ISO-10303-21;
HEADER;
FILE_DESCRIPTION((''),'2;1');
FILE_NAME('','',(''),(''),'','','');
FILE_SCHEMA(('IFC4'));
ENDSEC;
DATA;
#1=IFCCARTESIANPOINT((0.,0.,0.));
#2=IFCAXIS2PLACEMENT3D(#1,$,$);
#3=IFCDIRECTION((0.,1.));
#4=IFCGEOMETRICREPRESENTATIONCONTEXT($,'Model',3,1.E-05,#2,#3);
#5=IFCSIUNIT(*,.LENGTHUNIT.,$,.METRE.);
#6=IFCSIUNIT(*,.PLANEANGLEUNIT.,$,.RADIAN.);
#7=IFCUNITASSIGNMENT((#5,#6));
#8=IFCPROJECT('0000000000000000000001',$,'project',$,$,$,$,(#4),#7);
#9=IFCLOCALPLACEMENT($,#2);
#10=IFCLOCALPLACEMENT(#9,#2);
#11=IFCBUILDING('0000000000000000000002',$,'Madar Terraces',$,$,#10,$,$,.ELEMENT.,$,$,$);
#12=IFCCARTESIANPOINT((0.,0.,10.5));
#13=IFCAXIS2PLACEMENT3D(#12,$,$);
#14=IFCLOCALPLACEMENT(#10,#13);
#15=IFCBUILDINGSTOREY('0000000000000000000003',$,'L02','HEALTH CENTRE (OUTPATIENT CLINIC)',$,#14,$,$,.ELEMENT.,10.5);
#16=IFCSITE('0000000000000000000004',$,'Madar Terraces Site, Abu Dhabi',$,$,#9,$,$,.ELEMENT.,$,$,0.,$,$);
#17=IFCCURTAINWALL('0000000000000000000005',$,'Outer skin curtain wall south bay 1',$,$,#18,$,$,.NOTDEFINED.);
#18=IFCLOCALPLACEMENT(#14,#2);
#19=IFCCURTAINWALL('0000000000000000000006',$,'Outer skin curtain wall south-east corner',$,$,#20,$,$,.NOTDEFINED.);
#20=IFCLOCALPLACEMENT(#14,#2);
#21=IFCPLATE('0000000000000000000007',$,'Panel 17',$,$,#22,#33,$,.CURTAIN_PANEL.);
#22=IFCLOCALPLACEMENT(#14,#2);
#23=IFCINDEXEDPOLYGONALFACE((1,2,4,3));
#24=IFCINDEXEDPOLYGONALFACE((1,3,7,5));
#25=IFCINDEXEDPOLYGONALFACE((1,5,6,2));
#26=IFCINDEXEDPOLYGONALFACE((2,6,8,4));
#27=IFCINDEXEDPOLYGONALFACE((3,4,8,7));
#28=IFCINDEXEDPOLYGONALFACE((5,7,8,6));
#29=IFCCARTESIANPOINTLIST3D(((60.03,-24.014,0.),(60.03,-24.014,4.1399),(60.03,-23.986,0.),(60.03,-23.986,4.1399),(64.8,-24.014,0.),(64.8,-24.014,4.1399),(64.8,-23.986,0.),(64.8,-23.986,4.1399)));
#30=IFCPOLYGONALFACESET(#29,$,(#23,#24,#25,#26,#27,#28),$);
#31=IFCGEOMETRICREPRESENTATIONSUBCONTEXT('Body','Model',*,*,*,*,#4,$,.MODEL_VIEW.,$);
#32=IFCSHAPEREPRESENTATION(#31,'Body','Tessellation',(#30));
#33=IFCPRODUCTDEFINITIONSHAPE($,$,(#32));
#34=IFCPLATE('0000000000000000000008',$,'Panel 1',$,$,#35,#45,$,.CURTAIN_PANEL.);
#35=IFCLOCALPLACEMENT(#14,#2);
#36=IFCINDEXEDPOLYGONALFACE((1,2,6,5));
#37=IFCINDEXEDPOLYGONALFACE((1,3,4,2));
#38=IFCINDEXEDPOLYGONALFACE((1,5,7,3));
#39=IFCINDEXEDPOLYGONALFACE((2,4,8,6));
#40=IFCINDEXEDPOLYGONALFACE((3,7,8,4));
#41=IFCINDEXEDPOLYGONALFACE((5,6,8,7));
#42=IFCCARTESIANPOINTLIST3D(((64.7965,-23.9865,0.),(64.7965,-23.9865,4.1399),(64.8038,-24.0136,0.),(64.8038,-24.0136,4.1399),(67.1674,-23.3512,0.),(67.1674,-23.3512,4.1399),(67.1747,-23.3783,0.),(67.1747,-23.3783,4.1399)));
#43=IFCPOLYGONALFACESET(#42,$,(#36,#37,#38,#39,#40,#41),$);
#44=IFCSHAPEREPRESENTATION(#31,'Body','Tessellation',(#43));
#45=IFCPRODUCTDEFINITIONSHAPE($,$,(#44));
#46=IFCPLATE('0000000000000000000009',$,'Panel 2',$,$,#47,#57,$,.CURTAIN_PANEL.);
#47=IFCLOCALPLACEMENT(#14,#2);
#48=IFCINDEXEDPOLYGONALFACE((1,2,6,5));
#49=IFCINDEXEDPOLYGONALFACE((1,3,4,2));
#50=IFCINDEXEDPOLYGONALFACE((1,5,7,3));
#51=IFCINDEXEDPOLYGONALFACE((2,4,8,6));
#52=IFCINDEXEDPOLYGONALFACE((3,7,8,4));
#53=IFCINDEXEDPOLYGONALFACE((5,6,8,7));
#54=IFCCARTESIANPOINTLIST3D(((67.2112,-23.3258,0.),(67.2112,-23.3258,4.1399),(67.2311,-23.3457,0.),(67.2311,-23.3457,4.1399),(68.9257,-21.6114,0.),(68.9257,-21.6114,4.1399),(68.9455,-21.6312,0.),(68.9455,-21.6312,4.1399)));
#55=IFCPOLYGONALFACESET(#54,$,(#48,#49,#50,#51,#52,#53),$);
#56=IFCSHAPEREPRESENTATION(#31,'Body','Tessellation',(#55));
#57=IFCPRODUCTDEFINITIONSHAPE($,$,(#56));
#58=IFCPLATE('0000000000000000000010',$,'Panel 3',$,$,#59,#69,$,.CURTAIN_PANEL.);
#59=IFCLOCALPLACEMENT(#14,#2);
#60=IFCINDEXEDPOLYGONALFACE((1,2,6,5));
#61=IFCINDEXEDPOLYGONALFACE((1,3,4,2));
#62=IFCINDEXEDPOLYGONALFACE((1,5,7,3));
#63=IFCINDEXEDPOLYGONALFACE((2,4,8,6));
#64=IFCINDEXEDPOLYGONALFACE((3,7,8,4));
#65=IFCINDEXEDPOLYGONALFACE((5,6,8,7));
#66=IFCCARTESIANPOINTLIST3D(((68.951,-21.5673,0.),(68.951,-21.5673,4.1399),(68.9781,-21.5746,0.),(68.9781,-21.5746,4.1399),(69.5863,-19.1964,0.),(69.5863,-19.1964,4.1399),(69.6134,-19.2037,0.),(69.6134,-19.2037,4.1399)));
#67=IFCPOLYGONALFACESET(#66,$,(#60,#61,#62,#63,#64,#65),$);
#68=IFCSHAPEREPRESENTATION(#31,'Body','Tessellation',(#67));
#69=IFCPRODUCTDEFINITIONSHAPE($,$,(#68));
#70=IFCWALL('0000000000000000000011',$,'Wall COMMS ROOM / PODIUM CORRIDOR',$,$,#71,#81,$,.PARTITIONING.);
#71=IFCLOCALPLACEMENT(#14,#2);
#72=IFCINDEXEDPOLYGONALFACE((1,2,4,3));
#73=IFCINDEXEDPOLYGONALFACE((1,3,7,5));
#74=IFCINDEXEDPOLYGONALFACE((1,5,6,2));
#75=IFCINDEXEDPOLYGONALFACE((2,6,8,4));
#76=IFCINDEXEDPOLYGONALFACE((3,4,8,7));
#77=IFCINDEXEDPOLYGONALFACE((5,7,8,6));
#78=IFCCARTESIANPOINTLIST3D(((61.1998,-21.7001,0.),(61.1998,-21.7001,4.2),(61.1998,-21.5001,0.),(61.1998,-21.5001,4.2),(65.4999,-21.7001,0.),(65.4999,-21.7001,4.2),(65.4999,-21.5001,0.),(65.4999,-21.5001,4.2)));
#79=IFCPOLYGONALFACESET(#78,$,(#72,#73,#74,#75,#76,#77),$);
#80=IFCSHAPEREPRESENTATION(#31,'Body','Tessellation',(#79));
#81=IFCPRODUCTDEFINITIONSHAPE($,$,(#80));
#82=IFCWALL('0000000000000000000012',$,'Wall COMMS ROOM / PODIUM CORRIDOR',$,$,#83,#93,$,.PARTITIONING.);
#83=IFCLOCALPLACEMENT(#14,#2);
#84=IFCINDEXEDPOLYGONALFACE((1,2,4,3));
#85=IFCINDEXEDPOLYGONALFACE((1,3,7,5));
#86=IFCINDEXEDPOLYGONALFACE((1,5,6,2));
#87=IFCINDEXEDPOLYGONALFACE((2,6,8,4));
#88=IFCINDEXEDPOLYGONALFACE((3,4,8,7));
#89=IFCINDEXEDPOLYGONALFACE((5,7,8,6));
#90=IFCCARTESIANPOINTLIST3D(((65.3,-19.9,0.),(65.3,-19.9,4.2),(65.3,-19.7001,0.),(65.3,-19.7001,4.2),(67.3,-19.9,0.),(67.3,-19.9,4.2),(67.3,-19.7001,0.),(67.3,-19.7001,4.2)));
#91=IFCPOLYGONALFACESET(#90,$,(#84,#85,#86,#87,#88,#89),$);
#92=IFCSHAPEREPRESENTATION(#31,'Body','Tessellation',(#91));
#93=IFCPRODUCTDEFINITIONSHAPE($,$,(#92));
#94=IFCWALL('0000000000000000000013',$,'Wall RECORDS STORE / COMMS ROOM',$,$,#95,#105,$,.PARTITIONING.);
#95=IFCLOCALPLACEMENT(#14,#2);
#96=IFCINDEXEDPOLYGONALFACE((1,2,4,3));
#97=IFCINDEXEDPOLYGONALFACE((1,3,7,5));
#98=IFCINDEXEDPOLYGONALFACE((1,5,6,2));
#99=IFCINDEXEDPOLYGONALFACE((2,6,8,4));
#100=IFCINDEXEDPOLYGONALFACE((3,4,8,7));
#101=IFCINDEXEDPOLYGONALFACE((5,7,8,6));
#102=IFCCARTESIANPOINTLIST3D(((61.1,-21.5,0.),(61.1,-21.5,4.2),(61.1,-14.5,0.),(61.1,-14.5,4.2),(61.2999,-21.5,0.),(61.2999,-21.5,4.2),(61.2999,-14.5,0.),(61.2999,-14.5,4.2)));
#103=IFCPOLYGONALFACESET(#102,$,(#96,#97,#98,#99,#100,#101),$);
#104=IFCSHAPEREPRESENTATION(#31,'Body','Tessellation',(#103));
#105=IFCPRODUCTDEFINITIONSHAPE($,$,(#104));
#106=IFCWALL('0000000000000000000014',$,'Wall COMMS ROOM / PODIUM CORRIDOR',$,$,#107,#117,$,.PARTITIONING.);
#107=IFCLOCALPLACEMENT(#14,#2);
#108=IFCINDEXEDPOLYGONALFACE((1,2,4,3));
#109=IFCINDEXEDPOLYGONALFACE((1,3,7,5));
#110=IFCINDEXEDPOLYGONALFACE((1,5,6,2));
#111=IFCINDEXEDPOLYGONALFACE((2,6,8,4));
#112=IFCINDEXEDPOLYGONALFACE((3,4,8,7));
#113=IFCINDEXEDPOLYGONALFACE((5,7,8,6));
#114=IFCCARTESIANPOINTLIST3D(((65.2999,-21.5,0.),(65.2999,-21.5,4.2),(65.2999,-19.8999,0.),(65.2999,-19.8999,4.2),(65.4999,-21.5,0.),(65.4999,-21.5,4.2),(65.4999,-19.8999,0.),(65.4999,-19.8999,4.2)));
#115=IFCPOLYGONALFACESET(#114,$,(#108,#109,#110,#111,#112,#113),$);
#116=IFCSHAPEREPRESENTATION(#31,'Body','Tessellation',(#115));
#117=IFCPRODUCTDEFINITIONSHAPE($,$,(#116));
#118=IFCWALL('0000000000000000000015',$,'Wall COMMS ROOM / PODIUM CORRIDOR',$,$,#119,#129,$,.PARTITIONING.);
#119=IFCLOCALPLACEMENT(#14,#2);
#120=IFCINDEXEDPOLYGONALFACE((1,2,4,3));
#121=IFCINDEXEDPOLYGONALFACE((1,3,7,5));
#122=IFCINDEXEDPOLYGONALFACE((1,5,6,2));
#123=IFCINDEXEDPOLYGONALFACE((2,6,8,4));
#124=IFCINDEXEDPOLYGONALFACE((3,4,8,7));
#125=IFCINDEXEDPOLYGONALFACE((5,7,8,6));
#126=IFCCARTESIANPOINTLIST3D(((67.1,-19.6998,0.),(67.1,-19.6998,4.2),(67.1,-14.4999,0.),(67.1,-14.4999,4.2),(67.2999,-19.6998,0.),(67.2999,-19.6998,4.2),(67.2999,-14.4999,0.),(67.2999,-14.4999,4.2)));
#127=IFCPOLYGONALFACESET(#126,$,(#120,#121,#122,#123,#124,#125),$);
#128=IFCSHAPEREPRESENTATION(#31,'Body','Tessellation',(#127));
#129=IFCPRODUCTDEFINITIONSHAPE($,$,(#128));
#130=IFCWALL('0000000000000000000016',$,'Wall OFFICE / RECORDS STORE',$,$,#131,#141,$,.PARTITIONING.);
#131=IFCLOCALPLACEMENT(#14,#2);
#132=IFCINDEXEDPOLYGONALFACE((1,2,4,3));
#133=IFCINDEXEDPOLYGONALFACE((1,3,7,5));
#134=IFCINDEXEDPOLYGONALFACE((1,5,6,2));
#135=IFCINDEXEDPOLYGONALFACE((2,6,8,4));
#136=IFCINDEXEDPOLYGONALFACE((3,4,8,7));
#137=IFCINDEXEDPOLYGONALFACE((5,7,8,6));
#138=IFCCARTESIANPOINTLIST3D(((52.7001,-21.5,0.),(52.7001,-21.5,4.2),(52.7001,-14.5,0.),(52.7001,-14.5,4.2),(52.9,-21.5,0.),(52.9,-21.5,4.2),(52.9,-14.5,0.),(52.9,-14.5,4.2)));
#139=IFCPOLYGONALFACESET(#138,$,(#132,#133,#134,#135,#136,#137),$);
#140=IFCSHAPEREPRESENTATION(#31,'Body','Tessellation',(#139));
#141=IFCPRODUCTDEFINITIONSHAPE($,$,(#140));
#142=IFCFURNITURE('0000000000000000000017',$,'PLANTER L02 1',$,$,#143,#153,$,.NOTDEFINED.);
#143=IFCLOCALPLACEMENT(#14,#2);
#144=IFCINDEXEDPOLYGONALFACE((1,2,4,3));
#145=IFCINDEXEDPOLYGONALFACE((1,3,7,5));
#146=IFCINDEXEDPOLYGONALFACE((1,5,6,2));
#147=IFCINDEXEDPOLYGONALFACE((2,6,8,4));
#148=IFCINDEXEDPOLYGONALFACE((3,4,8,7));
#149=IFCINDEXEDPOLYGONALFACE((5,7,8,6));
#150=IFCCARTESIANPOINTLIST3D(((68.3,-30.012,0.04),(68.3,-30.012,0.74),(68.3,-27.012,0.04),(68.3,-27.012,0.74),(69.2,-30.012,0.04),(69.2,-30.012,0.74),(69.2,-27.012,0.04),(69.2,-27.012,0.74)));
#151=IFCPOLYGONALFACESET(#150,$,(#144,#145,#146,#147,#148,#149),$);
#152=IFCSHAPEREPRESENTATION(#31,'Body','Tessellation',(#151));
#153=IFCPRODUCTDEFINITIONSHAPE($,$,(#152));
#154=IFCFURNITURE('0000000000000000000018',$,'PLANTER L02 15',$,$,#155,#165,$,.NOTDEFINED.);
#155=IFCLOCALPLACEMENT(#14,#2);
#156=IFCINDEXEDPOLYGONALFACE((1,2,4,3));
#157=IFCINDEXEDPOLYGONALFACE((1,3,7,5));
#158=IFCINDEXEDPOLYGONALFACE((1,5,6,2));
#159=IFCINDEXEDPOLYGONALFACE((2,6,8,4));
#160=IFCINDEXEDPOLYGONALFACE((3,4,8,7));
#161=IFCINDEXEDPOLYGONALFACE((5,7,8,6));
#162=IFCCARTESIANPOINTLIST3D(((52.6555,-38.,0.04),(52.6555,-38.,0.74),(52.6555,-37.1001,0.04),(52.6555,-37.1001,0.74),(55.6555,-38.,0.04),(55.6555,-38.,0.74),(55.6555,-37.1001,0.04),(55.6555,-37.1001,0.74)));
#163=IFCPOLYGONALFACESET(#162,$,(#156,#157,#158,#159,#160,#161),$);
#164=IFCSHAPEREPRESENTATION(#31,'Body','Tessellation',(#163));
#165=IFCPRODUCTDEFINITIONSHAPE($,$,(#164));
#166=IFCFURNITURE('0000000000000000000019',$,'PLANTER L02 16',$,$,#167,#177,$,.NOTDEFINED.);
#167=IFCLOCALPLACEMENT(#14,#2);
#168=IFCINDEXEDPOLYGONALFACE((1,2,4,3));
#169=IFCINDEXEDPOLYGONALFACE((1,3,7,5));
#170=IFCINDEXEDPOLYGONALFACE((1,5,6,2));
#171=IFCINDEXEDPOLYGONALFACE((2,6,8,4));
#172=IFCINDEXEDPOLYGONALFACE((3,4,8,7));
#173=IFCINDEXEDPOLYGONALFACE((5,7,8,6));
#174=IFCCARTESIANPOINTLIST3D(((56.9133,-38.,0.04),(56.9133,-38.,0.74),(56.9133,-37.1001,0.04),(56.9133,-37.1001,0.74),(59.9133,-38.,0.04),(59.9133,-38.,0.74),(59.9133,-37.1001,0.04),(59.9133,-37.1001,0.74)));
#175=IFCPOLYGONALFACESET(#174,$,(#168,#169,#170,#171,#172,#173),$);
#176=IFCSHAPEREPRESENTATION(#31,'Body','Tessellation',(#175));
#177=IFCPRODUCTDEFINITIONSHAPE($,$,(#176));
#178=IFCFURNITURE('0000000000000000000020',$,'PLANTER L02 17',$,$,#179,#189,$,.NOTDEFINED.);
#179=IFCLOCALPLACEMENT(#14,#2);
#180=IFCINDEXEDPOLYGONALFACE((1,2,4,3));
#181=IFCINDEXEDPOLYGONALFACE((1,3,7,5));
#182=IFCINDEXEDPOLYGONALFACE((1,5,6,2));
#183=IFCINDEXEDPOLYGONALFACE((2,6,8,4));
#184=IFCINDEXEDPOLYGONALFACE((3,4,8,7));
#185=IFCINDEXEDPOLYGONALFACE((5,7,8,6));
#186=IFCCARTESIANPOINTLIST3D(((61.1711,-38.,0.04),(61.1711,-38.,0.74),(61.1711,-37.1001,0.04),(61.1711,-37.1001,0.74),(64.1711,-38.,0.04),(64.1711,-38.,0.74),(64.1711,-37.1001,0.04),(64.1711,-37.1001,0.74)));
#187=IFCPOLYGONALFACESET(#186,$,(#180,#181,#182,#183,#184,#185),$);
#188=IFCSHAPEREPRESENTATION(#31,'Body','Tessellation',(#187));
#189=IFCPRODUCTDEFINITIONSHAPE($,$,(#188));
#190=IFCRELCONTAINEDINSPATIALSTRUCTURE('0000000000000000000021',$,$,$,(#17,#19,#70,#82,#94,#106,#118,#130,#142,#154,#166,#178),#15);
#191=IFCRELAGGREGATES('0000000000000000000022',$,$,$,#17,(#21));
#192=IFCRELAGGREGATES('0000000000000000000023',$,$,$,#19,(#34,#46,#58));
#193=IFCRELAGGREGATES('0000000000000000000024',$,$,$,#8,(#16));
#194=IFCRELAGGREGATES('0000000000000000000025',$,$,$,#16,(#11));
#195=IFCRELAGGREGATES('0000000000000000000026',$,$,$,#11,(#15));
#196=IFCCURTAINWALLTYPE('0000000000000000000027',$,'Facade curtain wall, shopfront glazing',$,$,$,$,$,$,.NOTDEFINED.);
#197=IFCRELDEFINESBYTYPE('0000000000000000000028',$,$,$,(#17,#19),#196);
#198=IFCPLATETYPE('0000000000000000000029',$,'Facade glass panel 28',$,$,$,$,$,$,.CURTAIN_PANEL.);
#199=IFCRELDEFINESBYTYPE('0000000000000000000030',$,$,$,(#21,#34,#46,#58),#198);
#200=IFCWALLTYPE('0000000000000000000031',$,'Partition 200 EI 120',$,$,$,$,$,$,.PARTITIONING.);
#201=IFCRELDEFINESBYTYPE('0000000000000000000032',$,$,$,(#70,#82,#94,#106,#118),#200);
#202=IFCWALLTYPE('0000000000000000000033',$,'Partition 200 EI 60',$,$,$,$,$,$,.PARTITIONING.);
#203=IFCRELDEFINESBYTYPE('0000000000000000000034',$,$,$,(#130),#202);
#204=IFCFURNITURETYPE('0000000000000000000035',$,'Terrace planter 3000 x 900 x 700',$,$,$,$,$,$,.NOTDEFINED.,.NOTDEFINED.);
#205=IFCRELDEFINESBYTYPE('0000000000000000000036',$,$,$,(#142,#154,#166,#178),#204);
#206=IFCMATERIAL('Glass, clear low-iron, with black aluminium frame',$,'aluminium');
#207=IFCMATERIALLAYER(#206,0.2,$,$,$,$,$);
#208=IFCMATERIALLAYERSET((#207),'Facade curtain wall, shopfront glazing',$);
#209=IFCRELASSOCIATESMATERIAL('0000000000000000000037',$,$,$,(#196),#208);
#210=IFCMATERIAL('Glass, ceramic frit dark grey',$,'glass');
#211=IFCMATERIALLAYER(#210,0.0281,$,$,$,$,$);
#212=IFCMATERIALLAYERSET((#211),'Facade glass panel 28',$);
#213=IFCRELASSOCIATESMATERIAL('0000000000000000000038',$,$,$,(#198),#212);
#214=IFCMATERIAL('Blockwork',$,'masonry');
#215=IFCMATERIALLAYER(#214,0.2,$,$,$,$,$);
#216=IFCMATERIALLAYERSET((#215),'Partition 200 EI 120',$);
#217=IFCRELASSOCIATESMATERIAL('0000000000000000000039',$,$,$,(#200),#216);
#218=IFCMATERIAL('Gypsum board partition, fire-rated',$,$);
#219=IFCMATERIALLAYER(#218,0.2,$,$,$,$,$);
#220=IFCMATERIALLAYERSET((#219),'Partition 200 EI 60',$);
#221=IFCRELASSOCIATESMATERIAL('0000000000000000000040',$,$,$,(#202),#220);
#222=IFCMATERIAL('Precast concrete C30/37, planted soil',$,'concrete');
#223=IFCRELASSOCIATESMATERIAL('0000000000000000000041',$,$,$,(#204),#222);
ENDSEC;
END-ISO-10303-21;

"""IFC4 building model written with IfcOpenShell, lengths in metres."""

from ifc_helpers import new_model, si_unit, direction, frame, frame_2d, origin, origin_2d, place, context, subcontext, project, spatial, rectangle, extrude, material, layer, layer_set, type_object, element, aggregate, save


model = new_model("IFC4")

# Units and contexts
model_context = context("Model", 3, precision=1e-05, world=origin(), true_north=direction((0.0, 1.0)))
body_context = subcontext(model_context, "Body", "Model", "MODEL_VIEW")
ifc_project = project(units=[si_unit("LENGTHUNIT", "METRE"), si_unit("PLANEANGLEUNIT", "RADIAN")], contexts=[model_context])

# Site, building, storey
site_placement = place(None, origin())
site = spatial("IfcSite", under=ifc_project, at=site_placement, Name="Madar Terraces Site, Abu Dhabi", CompositionType="ELEMENT", RefElevation=0.0)
building_placement = place(site_placement, origin())
building = spatial("IfcBuilding", under=site, at=building_placement, Name="Madar Terraces", CompositionType="ELEMENT")
storey_placement = place(building_placement, frame((0.0, 0.0, 10.5)))
storey = spatial("IfcBuildingStorey", under=building, at=storey_placement, Name="L02", Description="HEALTH CENTRE (OUTPATIENT CLINIC)", CompositionType="ELEMENT", Elevation=10.5)

# Curtain walls
ifc_material_1 = material(Name="Glass, clear low-iron, with black aluminium frame", Category="aluminium")
ifc_layer_1 = layer(ifc_material_1, 0.2)
ifc_layer_set_1 = layer_set([ifc_layer_1], Name="Facade curtain wall, shopfront glazing")
curtain_wall_type = type_object("IfcCurtainWallType", Name="Facade curtain wall, shopfront glazing", PredefinedType="NOTDEFINED", material=ifc_layer_set_1)
curtain_wall_1_placement = place(storey_placement, origin())
curtain_wall_1 = element("IfcCurtainWall", 1, at=curtain_wall_1_placement, inside=storey, type_object=curtain_wall_type, Name="Outer skin curtain wall south bay 1", PredefinedType="NOTDEFINED")
curtain_wall_2_placement = place(storey_placement, origin())
curtain_wall_2 = element("IfcCurtainWall", 2, at=curtain_wall_2_placement, inside=storey, type_object=curtain_wall_type, Name="Outer skin curtain wall south-east corner", PredefinedType="NOTDEFINED")

# Plates
ifc_material_2 = material(Name="Glass, ceramic frit dark grey", Category="glass")
ifc_layer_2 = layer(ifc_material_2, 0.0281)
ifc_layer_set_2 = layer_set([ifc_layer_2], Name="Facade glass panel 28")
plate_type = type_object("IfcPlateType", Name="Facade glass panel 28", PredefinedType="CURTAIN_PANEL", material=ifc_layer_set_2)
plate_1_placement = place(storey_placement, frame((62.415, -24.0, 0.0), z_axis=(0.0, 0.0, 1.0), x_axis=(1.0, 0.0, 0.0)))
plate_1 = element("IfcPlate", 3, at=plate_1_placement, type_object=plate_type, Name="Panel 17", PredefinedType="CURTAIN_PANEL", context=body_context, shape_type="SweptSolid", body=[
    extrude(rectangle(XDim=4.77, YDim=0.0281, at=origin_2d()), origin(), (0.0, 0.0, 1.0), 4.1399),
])
aggregate(curtain_wall_1, [plate_1])
plate_2_placement = place(storey_placement, frame((65.9856, -23.6824, 0.0), z_axis=(0.0, 0.0, 1.0), x_axis=(0.965926, 0.258819, 0.0)))
plate_2 = element("IfcPlate", 4, at=plate_2_placement, type_object=plate_type, Name="Panel 1", PredefinedType="CURTAIN_PANEL", context=body_context, shape_type="SweptSolid", body=[
    extrude(rectangle(XDim=2.4546, YDim=0.0281, at=origin_2d()), origin(), (0.0, 0.0, 1.0), 4.1399),
])
plate_3_placement = place(storey_placement, frame((68.0784, -22.4785, 0.0), z_axis=(0.0, 0.0, 1.0), x_axis=(0.707107, 0.707107, 0.0)))
plate_3 = element("IfcPlate", 5, at=plate_3_placement, type_object=plate_type, Name="Panel 2", PredefinedType="CURTAIN_PANEL", context=body_context, shape_type="SweptSolid", body=[
    extrude(rectangle(XDim=2.4246, YDim=0.0281, at=origin_2d()), origin(), (0.0, 0.0, 1.0), 4.1399),
])
plate_4_placement = place(storey_placement, frame((69.2822, -20.3855, 0.0), z_axis=(0.0, 0.0, 1.0), x_axis=(0.258819, 0.965926, 0.0)))
plate_4 = element("IfcPlate", 6, at=plate_4_placement, type_object=plate_type, Name="Panel 3", PredefinedType="CURTAIN_PANEL", context=body_context, shape_type="SweptSolid", body=[
    extrude(rectangle(XDim=2.4546, YDim=0.0281, at=origin_2d()), origin(), (0.0, 0.0, 1.0), 4.1399),
])
aggregate(curtain_wall_2, [plate_2, plate_3, plate_4])

# Walls
ifc_material_3 = material(Name="Blockwork", Category="masonry")
ifc_layer_3 = layer(ifc_material_3, 0.2)
ifc_layer_set_3 = layer_set([ifc_layer_3], Name="Partition 200 EI 120")
wall_type_1 = type_object("IfcWallType", Name="Partition 200 EI 120", PredefinedType="PARTITIONING", material=ifc_layer_set_3)
wall_1_placement = place(storey_placement, frame((61.2, -21.6001, 0.0), z_axis=(0.0, 0.0, 1.0), x_axis=(1.0, 0.0, 0.0)))
element("IfcWall", 7, at=wall_1_placement, inside=storey, type_object=wall_type_1, Name="Wall COMMS ROOM / PODIUM CORRIDOR", PredefinedType="PARTITIONING", context=body_context, shape_type="SweptSolid", body=[
    extrude(rectangle(XDim=4.3, YDim=0.2, at=frame_2d((2.1499, 0.0))), origin(), (0.0, 0.0, 1.0), 4.2),
])
wall_2_placement = place(storey_placement, frame((65.3, -19.8, 0.0), z_axis=(0.0, 0.0, 1.0), x_axis=(1.0, 0.0, 0.0)))
element("IfcWall", 8, at=wall_2_placement, inside=storey, type_object=wall_type_1, Name="Wall COMMS ROOM / PODIUM CORRIDOR", PredefinedType="PARTITIONING", context=body_context, shape_type="SweptSolid", body=[
    extrude(rectangle(XDim=2.0, YDim=0.2, at=frame_2d((1.0, 0.0))), origin(), (0.0, 0.0, 1.0), 4.2),
])
wall_3_placement = place(storey_placement, frame((61.2, -21.5, 0.0), z_axis=(0.0, 0.0, 1.0), x_axis=(0.0, 1.0, 0.0)))
element("IfcWall", 9, at=wall_3_placement, inside=storey, type_object=wall_type_1, Name="Wall RECORDS STORE / COMMS ROOM", PredefinedType="PARTITIONING", context=body_context, shape_type="SweptSolid", body=[
    extrude(rectangle(XDim=7.0, YDim=0.2, at=frame_2d((3.5, 0.0))), origin(), (0.0, 0.0, 1.0), 4.2),
])
wall_4_placement = place(storey_placement, frame((65.3999, -21.5, 0.0), z_axis=(0.0, 0.0, 1.0), x_axis=(0.0, 1.0, 0.0)))
element("IfcWall", 10, at=wall_4_placement, inside=storey, type_object=wall_type_1, Name="Wall COMMS ROOM / PODIUM CORRIDOR", PredefinedType="PARTITIONING", context=body_context, shape_type="SweptSolid", body=[
    extrude(rectangle(XDim=1.6001, YDim=0.2, at=frame_2d((0.8, 0.0))), origin(), (0.0, 0.0, 1.0), 4.2),
])
wall_5_placement = place(storey_placement, frame((67.2, -19.7, 0.0), z_axis=(0.0, 0.0, 1.0), x_axis=(0.0, 1.0, 0.0)))
element("IfcWall", 11, at=wall_5_placement, inside=storey, type_object=wall_type_1, Name="Wall COMMS ROOM / PODIUM CORRIDOR", PredefinedType="PARTITIONING", context=body_context, shape_type="SweptSolid", body=[
    extrude(rectangle(XDim=5.2, YDim=0.2, at=frame_2d((2.6001, 0.0))), origin(), (0.0, 0.0, 1.0), 4.2),
])
ifc_material_4 = material(Name="Gypsum board partition, fire-rated")
ifc_layer_4 = layer(ifc_material_4, 0.2)
ifc_layer_set_4 = layer_set([ifc_layer_4], Name="Partition 200 EI 60")
wall_type_2 = type_object("IfcWallType", Name="Partition 200 EI 60", PredefinedType="PARTITIONING", material=ifc_layer_set_4)
wall_6_placement = place(storey_placement, frame((52.8, -21.5, 0.0), z_axis=(0.0, 0.0, 1.0), x_axis=(0.0, 1.0, 0.0)))
element("IfcWall", 12, at=wall_6_placement, inside=storey, type_object=wall_type_2, Name="Wall OFFICE / RECORDS STORE", PredefinedType="PARTITIONING", context=body_context, shape_type="SweptSolid", body=[
    extrude(rectangle(XDim=7.0, YDim=0.2, at=frame_2d((3.5, 0.0))), origin(), (0.0, 0.0, 1.0), 4.2),
])

# Furniture
ifc_material_5 = material(Name="Precast concrete C30/37, planted soil", Category="concrete")
furniture_type = type_object("IfcFurnitureType", Name="Terrace planter 3000 x 900 x 700", AssemblyPlace="NOTDEFINED", PredefinedType="NOTDEFINED", material=ifc_material_5)
for number, where, z_axis, x_axis, name in (
    (13, (68.75, -28.512, 0.04), (0.0, 0.0, 1.0), (0.0, 1.0, 0.0), "PLANTER L02 1"),
    (14, (54.1555, -37.55, 0.04), (0.0, 0.0, 1.0), (1.0, 0.0, 0.0), "PLANTER L02 15"),
    (15, (58.4133, -37.55, 0.04), (0.0, 0.0, 1.0), (1.0, 0.0, 0.0), "PLANTER L02 16"),
    (16, (62.6711, -37.55, 0.04), (0.0, 0.0, 1.0), (1.0, 0.0, 0.0), "PLANTER L02 17"),
):
    element("IfcFurniture", number, at=place(storey_placement, frame(where, z_axis=z_axis, x_axis=x_axis)), inside=storey, type_object=furniture_type, Name=name, PredefinedType="NOTDEFINED", context=body_context, shape_type="SweptSolid", body=[
        extrude(rectangle(XDim=3.0, YDim=0.8999, at=origin_2d()), origin(), (0.0, 0.0, 1.0), 0.7),
    ])

save(model, "model.ifc")
